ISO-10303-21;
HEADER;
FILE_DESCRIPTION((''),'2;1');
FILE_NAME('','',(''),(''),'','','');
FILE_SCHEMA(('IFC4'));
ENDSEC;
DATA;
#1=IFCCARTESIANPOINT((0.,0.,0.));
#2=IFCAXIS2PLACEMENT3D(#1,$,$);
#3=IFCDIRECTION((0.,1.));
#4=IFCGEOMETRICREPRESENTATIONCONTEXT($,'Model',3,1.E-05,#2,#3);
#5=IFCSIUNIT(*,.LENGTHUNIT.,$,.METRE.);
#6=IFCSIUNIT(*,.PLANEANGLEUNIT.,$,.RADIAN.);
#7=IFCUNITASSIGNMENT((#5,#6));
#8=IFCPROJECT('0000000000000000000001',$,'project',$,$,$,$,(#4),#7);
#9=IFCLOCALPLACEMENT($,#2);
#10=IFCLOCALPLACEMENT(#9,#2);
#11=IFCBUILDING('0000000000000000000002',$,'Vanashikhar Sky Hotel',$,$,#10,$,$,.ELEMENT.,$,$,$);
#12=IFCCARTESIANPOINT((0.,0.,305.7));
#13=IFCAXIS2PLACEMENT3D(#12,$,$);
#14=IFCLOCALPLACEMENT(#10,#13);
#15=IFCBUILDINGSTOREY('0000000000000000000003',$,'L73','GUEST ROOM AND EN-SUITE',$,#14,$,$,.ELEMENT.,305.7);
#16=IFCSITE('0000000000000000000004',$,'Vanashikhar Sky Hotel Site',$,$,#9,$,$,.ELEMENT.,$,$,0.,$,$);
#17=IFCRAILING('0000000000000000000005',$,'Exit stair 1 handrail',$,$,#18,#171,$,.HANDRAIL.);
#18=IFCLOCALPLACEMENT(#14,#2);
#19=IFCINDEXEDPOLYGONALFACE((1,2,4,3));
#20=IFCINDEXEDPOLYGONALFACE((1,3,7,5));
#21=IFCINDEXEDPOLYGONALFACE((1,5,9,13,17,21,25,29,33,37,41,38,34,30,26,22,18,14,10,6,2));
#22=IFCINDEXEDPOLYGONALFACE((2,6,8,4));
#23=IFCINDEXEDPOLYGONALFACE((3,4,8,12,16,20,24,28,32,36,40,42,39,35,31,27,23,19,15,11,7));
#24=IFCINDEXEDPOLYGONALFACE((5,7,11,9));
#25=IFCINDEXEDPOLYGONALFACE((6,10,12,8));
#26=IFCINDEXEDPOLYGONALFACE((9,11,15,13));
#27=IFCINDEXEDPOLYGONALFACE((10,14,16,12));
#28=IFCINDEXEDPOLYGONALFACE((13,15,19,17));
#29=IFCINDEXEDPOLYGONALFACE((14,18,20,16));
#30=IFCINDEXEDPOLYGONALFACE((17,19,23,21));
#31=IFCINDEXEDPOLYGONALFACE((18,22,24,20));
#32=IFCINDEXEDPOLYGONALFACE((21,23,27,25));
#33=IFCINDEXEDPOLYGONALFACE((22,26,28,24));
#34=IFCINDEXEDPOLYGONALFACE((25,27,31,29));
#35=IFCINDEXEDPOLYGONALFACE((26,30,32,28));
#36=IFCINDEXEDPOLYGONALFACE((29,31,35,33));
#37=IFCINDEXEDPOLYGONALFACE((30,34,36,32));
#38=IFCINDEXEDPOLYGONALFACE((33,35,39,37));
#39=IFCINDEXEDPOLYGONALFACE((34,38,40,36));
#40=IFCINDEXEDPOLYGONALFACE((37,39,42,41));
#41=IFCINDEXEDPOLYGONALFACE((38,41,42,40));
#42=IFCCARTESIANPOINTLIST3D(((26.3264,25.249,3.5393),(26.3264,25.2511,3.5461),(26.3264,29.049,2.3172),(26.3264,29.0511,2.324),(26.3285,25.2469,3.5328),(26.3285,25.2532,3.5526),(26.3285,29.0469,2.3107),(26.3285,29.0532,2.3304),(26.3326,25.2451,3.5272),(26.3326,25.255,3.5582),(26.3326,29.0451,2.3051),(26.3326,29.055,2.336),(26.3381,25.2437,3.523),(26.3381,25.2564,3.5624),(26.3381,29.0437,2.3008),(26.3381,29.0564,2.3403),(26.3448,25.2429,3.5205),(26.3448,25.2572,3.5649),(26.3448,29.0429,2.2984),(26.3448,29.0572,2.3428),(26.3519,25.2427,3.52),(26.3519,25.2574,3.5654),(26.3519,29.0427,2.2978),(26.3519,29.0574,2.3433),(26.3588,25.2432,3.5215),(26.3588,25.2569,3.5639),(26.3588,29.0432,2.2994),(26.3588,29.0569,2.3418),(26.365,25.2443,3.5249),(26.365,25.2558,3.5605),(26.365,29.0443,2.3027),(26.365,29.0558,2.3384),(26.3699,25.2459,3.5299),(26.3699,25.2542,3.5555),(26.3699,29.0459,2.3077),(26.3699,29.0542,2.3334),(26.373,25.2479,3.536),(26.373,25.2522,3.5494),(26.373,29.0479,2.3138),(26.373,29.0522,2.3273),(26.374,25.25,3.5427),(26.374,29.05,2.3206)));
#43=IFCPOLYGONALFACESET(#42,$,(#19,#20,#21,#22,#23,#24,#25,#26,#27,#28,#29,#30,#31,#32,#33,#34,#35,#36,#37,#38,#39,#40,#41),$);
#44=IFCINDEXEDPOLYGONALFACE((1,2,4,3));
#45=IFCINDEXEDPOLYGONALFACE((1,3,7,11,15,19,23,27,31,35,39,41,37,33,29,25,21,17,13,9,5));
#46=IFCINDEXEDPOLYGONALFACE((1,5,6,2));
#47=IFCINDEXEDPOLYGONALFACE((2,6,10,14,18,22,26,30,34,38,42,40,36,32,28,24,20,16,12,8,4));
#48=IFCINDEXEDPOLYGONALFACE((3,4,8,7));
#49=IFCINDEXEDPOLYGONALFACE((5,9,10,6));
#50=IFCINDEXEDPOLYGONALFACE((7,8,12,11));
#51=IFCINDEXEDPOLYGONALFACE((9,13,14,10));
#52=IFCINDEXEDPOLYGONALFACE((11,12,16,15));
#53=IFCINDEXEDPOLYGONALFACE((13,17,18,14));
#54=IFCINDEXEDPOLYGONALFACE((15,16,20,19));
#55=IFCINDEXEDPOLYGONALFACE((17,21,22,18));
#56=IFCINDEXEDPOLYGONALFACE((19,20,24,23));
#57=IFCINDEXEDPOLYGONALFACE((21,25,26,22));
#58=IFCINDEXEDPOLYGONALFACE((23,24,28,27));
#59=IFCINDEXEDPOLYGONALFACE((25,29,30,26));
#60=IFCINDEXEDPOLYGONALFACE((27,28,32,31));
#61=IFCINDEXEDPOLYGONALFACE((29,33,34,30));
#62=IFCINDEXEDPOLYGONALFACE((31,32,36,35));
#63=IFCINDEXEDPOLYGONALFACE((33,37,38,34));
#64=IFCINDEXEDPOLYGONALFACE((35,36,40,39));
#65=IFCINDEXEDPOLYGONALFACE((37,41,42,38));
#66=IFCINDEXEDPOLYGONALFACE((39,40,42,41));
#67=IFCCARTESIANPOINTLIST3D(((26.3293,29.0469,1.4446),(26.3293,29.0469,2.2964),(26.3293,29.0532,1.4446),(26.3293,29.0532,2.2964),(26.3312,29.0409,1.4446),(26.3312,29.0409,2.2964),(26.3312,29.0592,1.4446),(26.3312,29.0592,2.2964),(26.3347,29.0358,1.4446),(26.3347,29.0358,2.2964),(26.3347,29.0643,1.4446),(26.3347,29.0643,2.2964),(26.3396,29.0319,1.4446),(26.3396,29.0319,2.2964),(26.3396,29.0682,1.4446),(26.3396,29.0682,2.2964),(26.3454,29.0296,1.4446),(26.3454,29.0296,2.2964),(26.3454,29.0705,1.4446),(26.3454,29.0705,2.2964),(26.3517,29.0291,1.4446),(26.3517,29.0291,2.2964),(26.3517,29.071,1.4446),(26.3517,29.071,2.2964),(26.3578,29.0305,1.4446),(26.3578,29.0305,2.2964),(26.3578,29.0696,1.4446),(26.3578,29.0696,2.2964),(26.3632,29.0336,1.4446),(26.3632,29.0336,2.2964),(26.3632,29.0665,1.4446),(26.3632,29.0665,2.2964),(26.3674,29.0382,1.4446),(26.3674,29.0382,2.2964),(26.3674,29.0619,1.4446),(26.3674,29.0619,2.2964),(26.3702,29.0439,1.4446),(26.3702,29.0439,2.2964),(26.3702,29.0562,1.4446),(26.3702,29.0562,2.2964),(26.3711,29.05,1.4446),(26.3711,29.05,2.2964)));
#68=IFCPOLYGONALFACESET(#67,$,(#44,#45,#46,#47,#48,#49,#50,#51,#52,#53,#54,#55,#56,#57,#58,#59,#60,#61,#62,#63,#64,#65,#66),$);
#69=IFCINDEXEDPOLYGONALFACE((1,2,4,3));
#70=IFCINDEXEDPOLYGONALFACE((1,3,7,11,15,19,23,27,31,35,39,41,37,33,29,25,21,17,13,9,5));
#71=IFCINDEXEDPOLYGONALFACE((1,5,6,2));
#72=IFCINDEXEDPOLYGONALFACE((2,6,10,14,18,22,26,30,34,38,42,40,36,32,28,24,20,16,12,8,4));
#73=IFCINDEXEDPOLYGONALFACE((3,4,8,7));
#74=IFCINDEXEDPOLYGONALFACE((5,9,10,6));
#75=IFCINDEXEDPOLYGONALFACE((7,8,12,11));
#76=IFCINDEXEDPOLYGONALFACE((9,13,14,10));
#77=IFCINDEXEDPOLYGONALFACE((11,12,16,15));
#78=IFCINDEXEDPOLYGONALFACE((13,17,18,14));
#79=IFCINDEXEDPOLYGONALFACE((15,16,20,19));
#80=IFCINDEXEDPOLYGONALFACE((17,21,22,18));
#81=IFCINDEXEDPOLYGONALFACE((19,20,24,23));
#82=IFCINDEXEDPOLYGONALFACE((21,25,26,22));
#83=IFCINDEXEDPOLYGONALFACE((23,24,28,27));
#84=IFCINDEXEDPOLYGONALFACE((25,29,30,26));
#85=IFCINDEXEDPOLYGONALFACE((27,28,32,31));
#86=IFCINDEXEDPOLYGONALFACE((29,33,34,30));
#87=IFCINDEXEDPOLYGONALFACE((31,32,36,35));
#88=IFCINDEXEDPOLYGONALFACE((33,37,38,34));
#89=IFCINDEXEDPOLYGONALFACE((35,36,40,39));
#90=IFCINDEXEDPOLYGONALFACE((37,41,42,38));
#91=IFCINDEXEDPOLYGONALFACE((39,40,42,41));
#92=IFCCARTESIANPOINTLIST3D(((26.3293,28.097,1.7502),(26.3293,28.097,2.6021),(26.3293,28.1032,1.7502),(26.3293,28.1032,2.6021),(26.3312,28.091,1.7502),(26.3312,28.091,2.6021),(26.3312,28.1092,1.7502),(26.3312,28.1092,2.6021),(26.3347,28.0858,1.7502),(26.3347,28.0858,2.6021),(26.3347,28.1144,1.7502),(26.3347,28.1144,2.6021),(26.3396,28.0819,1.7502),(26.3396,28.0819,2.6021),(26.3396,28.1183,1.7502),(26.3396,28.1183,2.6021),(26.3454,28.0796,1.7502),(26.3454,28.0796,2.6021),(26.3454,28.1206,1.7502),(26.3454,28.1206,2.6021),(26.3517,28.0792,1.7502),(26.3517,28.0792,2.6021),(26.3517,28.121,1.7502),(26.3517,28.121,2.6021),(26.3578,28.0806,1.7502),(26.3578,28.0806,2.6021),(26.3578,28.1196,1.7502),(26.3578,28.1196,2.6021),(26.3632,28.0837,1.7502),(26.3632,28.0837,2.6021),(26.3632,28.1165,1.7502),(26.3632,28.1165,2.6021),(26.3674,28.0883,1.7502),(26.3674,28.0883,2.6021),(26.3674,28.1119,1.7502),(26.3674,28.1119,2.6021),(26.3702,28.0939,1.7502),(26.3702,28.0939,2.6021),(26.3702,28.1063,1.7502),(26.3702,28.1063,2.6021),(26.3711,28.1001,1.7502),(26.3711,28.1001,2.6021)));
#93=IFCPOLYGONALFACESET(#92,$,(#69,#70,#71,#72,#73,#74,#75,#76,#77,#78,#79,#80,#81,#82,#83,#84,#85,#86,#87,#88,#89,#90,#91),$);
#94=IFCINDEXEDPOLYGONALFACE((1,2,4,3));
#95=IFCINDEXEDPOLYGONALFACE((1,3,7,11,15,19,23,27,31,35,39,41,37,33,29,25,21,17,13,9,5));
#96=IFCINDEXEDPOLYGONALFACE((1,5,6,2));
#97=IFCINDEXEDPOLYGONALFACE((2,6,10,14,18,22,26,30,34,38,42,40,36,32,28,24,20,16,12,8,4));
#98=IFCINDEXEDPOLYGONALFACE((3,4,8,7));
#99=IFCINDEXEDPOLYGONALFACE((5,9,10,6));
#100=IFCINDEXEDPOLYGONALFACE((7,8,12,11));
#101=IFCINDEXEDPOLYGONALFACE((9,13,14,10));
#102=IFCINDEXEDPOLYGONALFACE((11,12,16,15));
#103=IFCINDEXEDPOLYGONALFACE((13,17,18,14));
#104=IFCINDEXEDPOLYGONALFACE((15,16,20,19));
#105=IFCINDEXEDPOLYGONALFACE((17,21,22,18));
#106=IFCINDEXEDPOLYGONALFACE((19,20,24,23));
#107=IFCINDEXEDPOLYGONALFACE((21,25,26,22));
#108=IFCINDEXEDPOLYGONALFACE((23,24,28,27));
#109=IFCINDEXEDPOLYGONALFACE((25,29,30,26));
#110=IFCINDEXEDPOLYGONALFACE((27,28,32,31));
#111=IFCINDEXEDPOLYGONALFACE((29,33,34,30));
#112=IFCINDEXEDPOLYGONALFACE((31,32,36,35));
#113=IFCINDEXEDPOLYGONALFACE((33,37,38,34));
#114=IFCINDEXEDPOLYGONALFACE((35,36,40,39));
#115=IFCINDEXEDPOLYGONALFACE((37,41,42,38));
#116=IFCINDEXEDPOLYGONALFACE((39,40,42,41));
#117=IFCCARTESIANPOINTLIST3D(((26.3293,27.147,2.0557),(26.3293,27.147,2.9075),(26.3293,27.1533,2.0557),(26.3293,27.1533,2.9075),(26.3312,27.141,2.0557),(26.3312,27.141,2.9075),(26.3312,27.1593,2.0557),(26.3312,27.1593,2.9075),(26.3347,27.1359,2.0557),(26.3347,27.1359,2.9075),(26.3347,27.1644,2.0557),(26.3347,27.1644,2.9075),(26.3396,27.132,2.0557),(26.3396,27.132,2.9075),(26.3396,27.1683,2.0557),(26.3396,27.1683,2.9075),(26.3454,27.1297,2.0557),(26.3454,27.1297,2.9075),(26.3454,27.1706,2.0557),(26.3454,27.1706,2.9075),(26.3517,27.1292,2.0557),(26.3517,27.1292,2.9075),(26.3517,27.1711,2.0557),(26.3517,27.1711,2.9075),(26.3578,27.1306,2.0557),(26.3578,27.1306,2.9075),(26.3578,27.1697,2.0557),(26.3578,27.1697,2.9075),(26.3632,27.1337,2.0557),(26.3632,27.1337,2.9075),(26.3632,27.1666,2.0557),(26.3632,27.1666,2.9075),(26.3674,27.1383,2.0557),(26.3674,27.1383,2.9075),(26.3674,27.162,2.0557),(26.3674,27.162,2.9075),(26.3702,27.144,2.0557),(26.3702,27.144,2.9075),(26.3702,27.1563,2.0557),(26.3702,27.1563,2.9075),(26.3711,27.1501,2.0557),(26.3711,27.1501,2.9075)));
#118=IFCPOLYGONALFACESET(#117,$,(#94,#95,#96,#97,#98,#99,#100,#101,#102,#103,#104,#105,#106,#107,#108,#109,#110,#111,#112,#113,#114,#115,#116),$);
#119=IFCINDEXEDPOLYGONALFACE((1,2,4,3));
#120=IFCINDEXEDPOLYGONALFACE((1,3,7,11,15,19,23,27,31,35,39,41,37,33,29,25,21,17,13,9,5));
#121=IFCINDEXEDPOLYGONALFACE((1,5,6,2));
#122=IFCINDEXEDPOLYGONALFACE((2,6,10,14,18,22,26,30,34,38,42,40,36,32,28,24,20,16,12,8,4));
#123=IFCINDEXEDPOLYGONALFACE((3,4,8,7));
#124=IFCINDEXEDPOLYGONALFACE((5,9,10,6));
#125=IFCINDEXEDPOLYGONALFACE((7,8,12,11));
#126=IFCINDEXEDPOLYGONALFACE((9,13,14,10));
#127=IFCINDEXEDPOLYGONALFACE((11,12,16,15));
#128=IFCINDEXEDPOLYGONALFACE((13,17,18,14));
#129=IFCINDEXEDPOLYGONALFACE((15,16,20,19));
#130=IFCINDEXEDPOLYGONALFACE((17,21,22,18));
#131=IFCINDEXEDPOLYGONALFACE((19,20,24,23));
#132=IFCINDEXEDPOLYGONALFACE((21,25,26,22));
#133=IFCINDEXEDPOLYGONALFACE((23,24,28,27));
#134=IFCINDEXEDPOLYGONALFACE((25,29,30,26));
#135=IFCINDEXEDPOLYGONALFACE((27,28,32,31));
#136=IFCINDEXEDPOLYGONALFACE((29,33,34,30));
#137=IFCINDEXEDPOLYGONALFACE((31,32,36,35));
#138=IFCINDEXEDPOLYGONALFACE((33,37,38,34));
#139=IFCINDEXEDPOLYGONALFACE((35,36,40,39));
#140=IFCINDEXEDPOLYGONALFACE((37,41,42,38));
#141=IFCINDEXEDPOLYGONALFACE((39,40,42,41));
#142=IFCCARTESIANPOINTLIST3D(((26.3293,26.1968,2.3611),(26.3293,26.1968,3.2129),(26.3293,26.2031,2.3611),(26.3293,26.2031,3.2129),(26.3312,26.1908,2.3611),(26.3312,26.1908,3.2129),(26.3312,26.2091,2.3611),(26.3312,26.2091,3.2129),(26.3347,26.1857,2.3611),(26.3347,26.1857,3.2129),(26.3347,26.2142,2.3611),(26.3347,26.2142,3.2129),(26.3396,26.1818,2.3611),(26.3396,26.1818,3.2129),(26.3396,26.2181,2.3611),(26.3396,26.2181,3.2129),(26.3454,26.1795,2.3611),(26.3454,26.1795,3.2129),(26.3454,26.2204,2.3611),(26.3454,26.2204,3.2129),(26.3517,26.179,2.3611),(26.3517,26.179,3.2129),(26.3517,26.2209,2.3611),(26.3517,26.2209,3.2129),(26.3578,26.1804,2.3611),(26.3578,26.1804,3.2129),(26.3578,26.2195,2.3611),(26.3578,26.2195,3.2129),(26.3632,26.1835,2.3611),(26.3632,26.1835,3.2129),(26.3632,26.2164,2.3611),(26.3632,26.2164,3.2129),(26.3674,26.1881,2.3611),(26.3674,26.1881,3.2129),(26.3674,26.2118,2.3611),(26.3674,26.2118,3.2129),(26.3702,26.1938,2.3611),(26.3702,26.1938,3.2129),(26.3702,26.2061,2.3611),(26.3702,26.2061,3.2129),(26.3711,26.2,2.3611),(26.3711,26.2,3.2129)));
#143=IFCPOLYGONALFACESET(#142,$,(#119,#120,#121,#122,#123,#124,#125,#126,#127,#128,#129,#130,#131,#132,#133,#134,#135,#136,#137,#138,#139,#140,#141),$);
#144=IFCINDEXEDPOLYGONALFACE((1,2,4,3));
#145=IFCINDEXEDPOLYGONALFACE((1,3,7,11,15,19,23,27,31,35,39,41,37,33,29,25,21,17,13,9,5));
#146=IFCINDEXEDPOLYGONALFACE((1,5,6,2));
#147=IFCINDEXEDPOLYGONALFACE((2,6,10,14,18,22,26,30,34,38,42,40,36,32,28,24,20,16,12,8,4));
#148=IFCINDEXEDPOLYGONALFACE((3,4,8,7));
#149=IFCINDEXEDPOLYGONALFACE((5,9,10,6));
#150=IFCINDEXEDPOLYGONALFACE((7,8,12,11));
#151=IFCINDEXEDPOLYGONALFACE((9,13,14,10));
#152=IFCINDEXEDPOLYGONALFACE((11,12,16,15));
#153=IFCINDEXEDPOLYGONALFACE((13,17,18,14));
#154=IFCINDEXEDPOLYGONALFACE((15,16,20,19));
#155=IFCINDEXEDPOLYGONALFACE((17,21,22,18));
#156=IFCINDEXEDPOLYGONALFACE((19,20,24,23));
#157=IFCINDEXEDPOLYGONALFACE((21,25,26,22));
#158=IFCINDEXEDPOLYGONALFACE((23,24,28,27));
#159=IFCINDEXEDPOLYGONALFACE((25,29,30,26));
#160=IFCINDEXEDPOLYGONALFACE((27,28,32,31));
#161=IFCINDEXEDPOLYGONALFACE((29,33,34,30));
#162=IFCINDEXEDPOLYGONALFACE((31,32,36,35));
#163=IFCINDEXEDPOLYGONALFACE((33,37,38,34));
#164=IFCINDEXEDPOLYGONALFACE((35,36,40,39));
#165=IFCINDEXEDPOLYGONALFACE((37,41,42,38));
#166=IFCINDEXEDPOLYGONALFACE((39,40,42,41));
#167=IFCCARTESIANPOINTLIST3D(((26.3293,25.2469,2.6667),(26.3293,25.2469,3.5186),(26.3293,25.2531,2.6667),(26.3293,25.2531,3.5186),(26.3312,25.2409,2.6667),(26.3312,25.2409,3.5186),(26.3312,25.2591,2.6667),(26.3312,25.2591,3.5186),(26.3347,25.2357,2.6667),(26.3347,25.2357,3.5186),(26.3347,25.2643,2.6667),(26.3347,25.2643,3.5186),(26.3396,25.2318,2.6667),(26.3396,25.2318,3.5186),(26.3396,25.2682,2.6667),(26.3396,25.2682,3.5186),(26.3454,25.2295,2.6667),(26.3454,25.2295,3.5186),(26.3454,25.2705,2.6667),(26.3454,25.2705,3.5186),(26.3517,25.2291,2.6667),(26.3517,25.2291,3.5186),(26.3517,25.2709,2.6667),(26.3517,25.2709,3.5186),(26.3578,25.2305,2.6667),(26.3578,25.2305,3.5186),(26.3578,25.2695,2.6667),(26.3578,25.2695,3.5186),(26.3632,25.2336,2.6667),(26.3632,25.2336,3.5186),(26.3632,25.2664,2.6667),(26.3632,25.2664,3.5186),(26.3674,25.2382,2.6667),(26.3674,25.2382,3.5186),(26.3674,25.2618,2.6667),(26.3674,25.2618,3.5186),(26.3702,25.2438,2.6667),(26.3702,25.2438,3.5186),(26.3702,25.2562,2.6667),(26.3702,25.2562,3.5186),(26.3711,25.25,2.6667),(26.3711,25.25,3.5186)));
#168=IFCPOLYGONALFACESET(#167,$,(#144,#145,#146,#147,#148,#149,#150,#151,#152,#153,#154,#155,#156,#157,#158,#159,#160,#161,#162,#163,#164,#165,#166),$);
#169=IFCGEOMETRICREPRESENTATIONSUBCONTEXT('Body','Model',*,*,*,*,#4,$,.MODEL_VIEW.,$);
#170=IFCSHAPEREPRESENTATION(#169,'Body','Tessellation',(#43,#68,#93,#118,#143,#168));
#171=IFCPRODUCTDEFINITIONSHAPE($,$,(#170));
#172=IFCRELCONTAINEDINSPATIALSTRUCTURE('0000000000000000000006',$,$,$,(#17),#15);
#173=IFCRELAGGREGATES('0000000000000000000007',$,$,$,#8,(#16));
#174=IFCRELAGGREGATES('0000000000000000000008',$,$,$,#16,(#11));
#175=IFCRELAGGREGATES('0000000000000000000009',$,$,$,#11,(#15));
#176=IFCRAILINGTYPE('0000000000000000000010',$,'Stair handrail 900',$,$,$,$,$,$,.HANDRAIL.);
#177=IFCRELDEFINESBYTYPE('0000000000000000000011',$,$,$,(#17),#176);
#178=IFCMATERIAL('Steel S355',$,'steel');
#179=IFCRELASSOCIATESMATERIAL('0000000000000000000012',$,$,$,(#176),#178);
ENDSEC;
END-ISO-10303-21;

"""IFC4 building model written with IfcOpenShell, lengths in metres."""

from ifc_helpers import new_model, si_unit, direction, frame, origin, origin_2d, place, context, subcontext, project, spatial, circle, extrude, source, transform, mapped, material, type_object, element, save


model = new_model("IFC4")

# Units and contexts
model_context = context("Model", 3, precision=1e-05, world=origin(), true_north=direction((0.0, 1.0)))
body_context = subcontext(model_context, "Body", "Model", "MODEL_VIEW")
ifc_project = project(units=[si_unit("LENGTHUNIT", "METRE"), si_unit("PLANEANGLEUNIT", "RADIAN")], contexts=[model_context])

# Site, building, storey
site_placement = place(None, origin())
site = spatial("IfcSite", under=ifc_project, at=site_placement, Name="Vanashikhar Sky Hotel Site", CompositionType="ELEMENT", RefElevation=0.0)
building_placement = place(site_placement, origin())
building = spatial("IfcBuilding", under=site, at=building_placement, Name="Vanashikhar Sky Hotel", CompositionType="ELEMENT")
storey_placement = place(building_placement, frame((0.0, 0.0, 305.7)))
storey = spatial("IfcBuildingStorey", under=building, at=storey_placement, Name="L73", Description="GUEST ROOM AND EN-SUITE", CompositionType="ELEMENT", Elevation=305.7)

# Railing
ifc_material_1 = material(Name="Steel S355", Category="steel")
railing_type_1 = type_object("IfcRailingType", Name="Stair handrail 900", PredefinedType="HANDRAIL", material=ifc_material_1)
shared_shape_1 = source(origin(), body_context, "Body", "SweptSolid", [
    extrude(circle(Radius=0.0239, at=origin_2d()), frame((0.0, 0.0, 0.876), z_axis=(0.0, -0.951976, 0.306173), x_axis=(1.0, 0.0, 0.0)), (0.0, 0.0, 1.0), 3.9917),
    extrude(circle(Radius=0.021, at=origin_2d()), origin(), (0.0, 0.0, 1.0), 0.8518),
    extrude(circle(Radius=0.021, at=origin_2d()), frame((0.0, -0.95, 0.3057)), (0.0, 0.0, 1.0), 0.8518),
    extrude(circle(Radius=0.021, at=origin_2d()), frame((0.0, -1.8999, 0.6111)), (0.0, 0.0, 1.0), 0.8518),
    extrude(circle(Radius=0.021, at=origin_2d()), frame((0.0, -2.8501, 0.9165)), (0.0, 0.0, 1.0), 0.8518),
    extrude(circle(Radius=0.021, at=origin_2d()), frame((0.0, -3.8, 1.2222)), (0.0, 0.0, 1.0), 0.8518),
])
for number, where, name in (
    (1, (26.3501, 29.05, 1.4446), "Exit stair 1 handrail"),
):
    element("IfcRailing", number, at=place(storey_placement, frame(where)), inside=storey, type_object=railing_type_1, Name=name, PredefinedType="HANDRAIL", context=body_context, shape_type="MappedRepresentation", body=[
        mapped(shared_shape_1, transform((0.0, 0.0, 0.0), scale=1.0)),
    ])

save(model, "model.ifc")
